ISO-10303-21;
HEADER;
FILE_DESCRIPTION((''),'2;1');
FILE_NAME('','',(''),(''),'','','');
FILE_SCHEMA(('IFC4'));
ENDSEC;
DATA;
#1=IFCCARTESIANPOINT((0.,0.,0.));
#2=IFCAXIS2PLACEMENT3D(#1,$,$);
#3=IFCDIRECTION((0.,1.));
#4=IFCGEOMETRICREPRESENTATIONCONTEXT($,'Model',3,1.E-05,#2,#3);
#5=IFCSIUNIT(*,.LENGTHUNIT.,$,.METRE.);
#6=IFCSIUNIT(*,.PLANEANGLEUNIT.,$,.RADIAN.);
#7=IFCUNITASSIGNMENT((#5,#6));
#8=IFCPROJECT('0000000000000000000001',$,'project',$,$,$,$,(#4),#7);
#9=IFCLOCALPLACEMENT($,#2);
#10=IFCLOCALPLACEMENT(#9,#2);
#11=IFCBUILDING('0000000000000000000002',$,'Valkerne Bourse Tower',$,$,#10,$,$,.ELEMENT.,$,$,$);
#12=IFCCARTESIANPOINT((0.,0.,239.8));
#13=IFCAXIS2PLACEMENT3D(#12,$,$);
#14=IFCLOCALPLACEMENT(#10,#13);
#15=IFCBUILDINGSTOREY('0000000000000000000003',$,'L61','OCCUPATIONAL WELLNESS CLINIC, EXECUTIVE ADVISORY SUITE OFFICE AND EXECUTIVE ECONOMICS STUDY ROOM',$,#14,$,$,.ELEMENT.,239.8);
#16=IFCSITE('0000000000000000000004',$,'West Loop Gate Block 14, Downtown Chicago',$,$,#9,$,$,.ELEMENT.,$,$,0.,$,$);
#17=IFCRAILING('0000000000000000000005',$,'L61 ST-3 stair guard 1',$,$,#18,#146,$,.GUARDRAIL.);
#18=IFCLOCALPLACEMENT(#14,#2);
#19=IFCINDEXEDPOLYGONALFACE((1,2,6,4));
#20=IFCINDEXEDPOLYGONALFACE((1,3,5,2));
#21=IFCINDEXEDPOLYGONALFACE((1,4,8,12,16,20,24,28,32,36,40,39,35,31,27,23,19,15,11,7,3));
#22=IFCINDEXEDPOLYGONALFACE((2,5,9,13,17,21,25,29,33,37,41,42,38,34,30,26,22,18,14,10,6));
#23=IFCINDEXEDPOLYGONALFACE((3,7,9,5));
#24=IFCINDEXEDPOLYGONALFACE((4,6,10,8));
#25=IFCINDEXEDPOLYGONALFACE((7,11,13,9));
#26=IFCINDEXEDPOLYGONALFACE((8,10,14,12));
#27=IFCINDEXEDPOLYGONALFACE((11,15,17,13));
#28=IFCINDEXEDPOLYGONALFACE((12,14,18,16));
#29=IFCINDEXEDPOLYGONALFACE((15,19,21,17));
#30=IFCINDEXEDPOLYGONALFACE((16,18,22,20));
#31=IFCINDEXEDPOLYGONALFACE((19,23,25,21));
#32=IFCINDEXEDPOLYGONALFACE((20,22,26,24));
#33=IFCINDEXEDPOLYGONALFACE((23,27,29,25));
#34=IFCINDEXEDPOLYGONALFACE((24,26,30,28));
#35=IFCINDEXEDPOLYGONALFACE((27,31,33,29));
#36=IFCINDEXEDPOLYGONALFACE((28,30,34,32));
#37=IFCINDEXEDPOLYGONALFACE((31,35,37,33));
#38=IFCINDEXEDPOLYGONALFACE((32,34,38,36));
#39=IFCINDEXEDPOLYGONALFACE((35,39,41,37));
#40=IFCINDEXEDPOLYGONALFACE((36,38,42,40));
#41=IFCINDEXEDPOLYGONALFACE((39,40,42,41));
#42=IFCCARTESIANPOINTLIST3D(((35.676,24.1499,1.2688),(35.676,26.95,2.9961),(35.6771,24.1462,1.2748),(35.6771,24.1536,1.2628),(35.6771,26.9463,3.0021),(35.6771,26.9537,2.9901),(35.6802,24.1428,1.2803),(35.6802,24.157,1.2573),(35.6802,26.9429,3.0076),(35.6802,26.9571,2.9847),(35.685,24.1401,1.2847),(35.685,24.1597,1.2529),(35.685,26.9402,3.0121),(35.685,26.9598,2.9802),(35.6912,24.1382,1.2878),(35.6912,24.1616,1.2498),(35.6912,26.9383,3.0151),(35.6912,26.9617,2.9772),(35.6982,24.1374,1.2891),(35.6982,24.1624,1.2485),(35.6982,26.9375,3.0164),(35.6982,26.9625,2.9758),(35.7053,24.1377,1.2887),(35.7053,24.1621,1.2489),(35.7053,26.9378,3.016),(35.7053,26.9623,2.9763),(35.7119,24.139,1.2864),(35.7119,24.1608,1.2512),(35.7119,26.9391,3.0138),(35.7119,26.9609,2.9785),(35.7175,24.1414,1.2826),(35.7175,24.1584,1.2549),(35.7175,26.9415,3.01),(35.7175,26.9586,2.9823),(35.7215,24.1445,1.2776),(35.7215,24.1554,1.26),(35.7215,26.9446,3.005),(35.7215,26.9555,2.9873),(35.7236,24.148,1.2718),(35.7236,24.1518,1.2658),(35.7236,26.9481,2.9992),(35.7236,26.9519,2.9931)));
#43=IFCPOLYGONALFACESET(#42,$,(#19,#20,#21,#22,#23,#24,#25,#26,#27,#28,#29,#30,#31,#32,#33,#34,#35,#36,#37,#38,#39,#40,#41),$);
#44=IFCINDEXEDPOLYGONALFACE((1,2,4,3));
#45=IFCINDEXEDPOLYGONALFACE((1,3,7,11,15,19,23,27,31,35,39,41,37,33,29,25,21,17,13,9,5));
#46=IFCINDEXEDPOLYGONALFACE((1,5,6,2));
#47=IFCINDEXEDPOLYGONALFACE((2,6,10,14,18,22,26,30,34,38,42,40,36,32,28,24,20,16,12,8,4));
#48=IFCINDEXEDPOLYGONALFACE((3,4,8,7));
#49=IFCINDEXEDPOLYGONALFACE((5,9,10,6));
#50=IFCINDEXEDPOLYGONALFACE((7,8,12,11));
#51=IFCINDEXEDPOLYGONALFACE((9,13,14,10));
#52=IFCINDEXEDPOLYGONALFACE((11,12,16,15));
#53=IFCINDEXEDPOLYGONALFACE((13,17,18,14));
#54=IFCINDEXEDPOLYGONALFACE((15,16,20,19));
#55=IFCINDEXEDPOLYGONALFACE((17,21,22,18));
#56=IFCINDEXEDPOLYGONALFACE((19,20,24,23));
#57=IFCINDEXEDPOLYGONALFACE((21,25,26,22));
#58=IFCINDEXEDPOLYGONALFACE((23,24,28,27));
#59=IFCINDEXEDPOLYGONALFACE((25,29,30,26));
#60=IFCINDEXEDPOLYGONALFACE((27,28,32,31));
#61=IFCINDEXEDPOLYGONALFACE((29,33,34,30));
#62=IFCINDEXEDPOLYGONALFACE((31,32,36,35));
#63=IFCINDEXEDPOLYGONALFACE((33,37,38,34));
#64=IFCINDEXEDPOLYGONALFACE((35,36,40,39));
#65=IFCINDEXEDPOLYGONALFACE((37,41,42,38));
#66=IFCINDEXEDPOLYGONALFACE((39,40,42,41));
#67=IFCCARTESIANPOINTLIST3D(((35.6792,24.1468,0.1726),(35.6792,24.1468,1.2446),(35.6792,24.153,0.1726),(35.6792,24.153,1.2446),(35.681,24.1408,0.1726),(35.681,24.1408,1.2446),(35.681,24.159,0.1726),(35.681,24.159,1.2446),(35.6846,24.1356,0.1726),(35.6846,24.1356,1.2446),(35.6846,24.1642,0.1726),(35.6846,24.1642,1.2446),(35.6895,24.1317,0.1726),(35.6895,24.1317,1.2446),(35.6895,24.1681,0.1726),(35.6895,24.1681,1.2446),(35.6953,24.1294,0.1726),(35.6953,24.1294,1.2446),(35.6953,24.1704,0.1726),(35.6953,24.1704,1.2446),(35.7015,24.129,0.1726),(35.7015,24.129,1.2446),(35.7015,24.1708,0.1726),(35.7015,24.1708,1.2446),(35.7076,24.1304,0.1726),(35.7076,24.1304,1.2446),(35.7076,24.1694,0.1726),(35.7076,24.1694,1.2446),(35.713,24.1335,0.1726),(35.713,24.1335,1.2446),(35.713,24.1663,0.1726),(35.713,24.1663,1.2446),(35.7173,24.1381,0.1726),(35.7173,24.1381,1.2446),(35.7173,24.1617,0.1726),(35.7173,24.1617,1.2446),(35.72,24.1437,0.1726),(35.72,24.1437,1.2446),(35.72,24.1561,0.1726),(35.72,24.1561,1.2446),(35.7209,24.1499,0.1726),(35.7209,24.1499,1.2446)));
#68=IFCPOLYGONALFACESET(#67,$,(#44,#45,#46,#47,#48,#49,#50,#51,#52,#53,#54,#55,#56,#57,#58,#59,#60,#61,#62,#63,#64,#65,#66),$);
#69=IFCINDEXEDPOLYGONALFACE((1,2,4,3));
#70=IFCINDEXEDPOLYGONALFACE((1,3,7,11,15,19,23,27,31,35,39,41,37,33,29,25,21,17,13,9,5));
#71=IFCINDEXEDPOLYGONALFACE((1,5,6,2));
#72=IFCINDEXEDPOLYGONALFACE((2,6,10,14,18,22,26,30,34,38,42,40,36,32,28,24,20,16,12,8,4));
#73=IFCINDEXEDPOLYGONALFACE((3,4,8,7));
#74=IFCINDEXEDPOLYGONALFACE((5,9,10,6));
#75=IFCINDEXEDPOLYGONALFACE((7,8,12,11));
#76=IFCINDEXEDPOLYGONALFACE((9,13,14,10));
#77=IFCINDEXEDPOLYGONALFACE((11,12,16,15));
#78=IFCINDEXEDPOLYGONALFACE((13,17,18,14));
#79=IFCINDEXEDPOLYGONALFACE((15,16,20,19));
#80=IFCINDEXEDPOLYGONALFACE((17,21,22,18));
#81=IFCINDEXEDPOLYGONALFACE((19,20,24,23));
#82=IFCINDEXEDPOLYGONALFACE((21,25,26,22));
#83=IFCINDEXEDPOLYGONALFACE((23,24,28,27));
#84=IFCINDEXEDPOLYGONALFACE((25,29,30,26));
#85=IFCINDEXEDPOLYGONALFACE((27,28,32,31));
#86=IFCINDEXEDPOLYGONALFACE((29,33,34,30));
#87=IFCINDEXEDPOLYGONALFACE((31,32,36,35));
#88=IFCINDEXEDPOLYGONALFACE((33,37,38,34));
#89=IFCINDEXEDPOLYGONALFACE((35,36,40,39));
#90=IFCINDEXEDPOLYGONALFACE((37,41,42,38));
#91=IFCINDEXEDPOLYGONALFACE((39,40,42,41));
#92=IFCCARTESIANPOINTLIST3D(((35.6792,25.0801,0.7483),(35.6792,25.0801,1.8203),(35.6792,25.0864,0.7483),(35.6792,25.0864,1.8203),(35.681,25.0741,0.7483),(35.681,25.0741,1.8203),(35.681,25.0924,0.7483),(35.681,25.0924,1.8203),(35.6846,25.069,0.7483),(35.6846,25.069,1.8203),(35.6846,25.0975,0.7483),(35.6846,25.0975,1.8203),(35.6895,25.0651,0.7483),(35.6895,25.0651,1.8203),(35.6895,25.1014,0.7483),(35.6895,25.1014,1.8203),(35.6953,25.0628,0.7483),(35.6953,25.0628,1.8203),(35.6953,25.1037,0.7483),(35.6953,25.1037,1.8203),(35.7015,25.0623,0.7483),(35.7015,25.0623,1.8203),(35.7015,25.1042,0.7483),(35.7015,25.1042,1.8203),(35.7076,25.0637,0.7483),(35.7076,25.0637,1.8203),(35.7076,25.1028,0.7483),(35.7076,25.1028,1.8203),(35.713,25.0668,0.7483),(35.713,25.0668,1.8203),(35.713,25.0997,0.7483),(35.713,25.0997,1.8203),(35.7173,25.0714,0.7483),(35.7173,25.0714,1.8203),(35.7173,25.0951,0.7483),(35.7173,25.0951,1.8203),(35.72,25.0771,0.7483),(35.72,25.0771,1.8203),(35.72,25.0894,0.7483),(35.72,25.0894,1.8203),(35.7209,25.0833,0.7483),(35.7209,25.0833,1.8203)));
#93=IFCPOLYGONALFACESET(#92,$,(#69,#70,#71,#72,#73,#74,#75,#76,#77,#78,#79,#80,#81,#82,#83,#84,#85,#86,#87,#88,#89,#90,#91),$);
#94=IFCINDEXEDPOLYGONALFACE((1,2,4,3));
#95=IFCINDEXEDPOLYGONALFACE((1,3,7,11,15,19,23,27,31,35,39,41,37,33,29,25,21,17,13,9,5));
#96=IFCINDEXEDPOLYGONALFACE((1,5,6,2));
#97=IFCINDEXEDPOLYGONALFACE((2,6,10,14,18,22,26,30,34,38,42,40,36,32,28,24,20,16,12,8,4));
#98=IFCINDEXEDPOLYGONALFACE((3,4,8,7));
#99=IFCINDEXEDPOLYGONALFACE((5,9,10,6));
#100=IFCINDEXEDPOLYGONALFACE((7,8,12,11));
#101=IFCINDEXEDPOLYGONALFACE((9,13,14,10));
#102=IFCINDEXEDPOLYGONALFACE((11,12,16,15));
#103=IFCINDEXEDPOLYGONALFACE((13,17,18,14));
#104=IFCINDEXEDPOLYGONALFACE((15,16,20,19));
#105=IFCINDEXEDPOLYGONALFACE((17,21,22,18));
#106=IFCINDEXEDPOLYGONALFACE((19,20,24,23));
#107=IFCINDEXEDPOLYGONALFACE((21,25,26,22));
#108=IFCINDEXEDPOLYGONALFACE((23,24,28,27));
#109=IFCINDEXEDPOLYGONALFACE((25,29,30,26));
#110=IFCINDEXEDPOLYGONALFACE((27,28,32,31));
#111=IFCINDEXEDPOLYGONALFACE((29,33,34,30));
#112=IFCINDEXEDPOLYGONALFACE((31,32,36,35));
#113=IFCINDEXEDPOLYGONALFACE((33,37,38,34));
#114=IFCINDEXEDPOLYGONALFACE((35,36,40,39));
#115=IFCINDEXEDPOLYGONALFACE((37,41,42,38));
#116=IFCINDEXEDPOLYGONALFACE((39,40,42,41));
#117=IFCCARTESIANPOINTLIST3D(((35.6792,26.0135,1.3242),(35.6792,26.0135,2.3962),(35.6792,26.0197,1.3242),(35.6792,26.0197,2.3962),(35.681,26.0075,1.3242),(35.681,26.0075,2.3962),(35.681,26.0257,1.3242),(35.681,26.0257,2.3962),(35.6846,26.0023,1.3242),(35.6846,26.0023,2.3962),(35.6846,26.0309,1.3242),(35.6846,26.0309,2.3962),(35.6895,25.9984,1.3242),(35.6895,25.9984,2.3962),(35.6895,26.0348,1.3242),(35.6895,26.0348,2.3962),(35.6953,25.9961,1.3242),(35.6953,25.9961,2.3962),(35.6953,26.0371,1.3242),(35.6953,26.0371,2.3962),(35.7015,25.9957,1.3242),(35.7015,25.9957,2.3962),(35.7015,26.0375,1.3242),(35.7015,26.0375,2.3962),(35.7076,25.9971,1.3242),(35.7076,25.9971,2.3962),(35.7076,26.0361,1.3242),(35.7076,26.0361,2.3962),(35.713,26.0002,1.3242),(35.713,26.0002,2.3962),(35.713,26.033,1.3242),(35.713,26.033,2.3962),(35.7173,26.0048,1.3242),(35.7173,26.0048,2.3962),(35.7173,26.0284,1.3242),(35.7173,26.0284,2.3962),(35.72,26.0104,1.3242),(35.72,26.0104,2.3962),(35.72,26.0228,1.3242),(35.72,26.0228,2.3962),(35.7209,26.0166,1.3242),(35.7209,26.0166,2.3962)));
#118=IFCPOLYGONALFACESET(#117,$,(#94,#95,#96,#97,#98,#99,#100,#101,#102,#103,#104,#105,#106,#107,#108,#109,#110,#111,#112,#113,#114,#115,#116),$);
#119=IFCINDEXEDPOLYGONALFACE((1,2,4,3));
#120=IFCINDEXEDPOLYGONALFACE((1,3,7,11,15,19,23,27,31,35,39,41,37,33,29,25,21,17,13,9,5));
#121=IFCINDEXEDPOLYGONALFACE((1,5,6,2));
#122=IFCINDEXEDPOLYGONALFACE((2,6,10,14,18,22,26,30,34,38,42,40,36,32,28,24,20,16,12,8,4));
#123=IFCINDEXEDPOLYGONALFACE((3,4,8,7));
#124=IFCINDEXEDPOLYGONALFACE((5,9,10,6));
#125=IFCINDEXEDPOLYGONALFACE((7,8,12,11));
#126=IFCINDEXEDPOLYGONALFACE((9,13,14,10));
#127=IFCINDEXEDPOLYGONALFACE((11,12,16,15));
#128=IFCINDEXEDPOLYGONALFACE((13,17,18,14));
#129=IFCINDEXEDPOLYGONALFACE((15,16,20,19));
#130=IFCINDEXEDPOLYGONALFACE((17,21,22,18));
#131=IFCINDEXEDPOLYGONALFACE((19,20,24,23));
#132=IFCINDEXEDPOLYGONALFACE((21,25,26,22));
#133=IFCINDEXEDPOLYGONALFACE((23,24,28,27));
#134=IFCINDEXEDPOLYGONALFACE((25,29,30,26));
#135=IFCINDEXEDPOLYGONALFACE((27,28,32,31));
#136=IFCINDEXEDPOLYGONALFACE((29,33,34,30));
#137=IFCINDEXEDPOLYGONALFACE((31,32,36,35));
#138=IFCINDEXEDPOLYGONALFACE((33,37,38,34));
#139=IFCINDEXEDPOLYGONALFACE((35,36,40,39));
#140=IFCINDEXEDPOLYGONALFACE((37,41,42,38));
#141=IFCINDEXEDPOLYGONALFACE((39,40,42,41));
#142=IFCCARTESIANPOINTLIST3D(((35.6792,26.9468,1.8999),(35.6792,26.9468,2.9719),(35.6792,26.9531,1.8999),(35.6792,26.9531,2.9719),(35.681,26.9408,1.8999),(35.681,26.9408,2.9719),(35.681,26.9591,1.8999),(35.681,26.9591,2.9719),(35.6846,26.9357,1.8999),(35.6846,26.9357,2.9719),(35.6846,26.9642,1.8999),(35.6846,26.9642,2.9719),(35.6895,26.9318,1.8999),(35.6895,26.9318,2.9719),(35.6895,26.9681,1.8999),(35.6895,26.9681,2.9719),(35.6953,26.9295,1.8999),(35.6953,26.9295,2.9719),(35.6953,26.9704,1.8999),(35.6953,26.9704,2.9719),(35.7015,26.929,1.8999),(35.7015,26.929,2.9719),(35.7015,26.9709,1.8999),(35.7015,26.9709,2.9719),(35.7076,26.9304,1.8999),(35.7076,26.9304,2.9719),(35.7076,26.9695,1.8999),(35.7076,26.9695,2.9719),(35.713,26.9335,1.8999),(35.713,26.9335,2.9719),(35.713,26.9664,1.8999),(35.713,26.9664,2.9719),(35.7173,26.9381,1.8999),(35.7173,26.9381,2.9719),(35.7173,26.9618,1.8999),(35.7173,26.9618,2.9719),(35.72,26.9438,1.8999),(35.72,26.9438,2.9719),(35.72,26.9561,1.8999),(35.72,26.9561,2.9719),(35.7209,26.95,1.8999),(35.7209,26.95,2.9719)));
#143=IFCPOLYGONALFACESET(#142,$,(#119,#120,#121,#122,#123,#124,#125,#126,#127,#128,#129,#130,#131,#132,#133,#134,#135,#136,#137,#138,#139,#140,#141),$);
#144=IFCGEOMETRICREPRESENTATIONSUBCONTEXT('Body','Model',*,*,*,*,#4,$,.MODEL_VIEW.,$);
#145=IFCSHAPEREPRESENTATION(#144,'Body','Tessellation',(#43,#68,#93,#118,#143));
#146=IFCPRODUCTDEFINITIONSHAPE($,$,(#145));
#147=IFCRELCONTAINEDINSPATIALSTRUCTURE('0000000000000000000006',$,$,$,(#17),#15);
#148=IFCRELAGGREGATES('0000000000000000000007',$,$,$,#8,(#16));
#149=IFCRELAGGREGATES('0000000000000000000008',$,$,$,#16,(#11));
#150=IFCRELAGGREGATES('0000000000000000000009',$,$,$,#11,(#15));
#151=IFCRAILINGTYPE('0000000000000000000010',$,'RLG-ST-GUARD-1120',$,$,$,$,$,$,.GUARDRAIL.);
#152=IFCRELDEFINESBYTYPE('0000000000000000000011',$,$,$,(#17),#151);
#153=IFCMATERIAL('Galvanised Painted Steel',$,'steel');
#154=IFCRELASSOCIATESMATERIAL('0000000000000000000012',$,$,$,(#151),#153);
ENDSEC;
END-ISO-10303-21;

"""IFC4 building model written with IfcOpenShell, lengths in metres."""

from ifc_helpers import new_model, si_unit, direction, frame, origin, origin_2d, place, context, subcontext, project, spatial, circle, extrude, material, type_object, element, save


model = new_model("IFC4")

# Units and contexts
model_context = context("Model", 3, precision=1e-05, world=origin(), true_north=direction((0.0, 1.0)))
body_context = subcontext(model_context, "Body", "Model", "MODEL_VIEW")
ifc_project = project(units=[si_unit("LENGTHUNIT", "METRE"), si_unit("PLANEANGLEUNIT", "RADIAN")], contexts=[model_context])

# Site, building, storey
site_placement = place(None, origin())
site = spatial("IfcSite", under=ifc_project, at=site_placement, Name="West Loop Gate Block 14, Downtown Chicago", CompositionType="ELEMENT", RefElevation=0.0)
building_placement = place(site_placement, origin())
building = spatial("IfcBuilding", under=site, at=building_placement, Name="Valkerne Bourse Tower", CompositionType="ELEMENT")
storey_placement = place(building_placement, frame((0.0, 0.0, 239.8)))
storey = spatial("IfcBuildingStorey", under=building, at=storey_placement, Name="L61", Description="OCCUPATIONAL WELLNESS CLINIC, EXECUTIVE ADVISORY SUITE OFFICE AND EXECUTIVE ECONOMICS STUDY ROOM", CompositionType="ELEMENT", Elevation=239.8)

# Railing
ifc_material_1 = material(Name="Galvanised Painted Steel", Category="steel")
railing_type_1 = type_object("IfcRailingType", Name="RLG-ST-GUARD-1120", PredefinedType="GUARDRAIL", material=ifc_material_1)
railing_1_placement = place(storey_placement, frame((35.7, 24.1499, 0.1726)))
element("IfcRailing", 1, at=railing_1_placement, inside=storey, type_object=railing_type_1, Name="L61 ST-3 stair guard 1", PredefinedType="GUARDRAIL", context=body_context, shape_type="SweptSolid", body=[
    extrude(circle(Radius=0.0239, at=origin_2d()), frame((0.0, 0.0, 1.0962), z_axis=(0.0, 0.85109, 0.52502), x_axis=(-1.0, 0.0, 0.0)), (0.0, 0.0, 1.0), 3.29),
    extrude(circle(Radius=0.021, at=origin_2d()), origin(), (0.0, 0.0, 1.0), 1.072),
    extrude(circle(Radius=0.021, at=origin_2d()), frame((0.0, 0.9333, 0.5757)), (0.0, 0.0, 1.0), 1.072),
    extrude(circle(Radius=0.021, at=origin_2d()), frame((0.0, 1.8667, 1.1516)), (0.0, 0.0, 1.0), 1.072),
    extrude(circle(Radius=0.021, at=origin_2d()), frame((0.0, 2.8, 1.7273)), (0.0, 0.0, 1.0), 1.072),
])

save(model, "model.ifc")
